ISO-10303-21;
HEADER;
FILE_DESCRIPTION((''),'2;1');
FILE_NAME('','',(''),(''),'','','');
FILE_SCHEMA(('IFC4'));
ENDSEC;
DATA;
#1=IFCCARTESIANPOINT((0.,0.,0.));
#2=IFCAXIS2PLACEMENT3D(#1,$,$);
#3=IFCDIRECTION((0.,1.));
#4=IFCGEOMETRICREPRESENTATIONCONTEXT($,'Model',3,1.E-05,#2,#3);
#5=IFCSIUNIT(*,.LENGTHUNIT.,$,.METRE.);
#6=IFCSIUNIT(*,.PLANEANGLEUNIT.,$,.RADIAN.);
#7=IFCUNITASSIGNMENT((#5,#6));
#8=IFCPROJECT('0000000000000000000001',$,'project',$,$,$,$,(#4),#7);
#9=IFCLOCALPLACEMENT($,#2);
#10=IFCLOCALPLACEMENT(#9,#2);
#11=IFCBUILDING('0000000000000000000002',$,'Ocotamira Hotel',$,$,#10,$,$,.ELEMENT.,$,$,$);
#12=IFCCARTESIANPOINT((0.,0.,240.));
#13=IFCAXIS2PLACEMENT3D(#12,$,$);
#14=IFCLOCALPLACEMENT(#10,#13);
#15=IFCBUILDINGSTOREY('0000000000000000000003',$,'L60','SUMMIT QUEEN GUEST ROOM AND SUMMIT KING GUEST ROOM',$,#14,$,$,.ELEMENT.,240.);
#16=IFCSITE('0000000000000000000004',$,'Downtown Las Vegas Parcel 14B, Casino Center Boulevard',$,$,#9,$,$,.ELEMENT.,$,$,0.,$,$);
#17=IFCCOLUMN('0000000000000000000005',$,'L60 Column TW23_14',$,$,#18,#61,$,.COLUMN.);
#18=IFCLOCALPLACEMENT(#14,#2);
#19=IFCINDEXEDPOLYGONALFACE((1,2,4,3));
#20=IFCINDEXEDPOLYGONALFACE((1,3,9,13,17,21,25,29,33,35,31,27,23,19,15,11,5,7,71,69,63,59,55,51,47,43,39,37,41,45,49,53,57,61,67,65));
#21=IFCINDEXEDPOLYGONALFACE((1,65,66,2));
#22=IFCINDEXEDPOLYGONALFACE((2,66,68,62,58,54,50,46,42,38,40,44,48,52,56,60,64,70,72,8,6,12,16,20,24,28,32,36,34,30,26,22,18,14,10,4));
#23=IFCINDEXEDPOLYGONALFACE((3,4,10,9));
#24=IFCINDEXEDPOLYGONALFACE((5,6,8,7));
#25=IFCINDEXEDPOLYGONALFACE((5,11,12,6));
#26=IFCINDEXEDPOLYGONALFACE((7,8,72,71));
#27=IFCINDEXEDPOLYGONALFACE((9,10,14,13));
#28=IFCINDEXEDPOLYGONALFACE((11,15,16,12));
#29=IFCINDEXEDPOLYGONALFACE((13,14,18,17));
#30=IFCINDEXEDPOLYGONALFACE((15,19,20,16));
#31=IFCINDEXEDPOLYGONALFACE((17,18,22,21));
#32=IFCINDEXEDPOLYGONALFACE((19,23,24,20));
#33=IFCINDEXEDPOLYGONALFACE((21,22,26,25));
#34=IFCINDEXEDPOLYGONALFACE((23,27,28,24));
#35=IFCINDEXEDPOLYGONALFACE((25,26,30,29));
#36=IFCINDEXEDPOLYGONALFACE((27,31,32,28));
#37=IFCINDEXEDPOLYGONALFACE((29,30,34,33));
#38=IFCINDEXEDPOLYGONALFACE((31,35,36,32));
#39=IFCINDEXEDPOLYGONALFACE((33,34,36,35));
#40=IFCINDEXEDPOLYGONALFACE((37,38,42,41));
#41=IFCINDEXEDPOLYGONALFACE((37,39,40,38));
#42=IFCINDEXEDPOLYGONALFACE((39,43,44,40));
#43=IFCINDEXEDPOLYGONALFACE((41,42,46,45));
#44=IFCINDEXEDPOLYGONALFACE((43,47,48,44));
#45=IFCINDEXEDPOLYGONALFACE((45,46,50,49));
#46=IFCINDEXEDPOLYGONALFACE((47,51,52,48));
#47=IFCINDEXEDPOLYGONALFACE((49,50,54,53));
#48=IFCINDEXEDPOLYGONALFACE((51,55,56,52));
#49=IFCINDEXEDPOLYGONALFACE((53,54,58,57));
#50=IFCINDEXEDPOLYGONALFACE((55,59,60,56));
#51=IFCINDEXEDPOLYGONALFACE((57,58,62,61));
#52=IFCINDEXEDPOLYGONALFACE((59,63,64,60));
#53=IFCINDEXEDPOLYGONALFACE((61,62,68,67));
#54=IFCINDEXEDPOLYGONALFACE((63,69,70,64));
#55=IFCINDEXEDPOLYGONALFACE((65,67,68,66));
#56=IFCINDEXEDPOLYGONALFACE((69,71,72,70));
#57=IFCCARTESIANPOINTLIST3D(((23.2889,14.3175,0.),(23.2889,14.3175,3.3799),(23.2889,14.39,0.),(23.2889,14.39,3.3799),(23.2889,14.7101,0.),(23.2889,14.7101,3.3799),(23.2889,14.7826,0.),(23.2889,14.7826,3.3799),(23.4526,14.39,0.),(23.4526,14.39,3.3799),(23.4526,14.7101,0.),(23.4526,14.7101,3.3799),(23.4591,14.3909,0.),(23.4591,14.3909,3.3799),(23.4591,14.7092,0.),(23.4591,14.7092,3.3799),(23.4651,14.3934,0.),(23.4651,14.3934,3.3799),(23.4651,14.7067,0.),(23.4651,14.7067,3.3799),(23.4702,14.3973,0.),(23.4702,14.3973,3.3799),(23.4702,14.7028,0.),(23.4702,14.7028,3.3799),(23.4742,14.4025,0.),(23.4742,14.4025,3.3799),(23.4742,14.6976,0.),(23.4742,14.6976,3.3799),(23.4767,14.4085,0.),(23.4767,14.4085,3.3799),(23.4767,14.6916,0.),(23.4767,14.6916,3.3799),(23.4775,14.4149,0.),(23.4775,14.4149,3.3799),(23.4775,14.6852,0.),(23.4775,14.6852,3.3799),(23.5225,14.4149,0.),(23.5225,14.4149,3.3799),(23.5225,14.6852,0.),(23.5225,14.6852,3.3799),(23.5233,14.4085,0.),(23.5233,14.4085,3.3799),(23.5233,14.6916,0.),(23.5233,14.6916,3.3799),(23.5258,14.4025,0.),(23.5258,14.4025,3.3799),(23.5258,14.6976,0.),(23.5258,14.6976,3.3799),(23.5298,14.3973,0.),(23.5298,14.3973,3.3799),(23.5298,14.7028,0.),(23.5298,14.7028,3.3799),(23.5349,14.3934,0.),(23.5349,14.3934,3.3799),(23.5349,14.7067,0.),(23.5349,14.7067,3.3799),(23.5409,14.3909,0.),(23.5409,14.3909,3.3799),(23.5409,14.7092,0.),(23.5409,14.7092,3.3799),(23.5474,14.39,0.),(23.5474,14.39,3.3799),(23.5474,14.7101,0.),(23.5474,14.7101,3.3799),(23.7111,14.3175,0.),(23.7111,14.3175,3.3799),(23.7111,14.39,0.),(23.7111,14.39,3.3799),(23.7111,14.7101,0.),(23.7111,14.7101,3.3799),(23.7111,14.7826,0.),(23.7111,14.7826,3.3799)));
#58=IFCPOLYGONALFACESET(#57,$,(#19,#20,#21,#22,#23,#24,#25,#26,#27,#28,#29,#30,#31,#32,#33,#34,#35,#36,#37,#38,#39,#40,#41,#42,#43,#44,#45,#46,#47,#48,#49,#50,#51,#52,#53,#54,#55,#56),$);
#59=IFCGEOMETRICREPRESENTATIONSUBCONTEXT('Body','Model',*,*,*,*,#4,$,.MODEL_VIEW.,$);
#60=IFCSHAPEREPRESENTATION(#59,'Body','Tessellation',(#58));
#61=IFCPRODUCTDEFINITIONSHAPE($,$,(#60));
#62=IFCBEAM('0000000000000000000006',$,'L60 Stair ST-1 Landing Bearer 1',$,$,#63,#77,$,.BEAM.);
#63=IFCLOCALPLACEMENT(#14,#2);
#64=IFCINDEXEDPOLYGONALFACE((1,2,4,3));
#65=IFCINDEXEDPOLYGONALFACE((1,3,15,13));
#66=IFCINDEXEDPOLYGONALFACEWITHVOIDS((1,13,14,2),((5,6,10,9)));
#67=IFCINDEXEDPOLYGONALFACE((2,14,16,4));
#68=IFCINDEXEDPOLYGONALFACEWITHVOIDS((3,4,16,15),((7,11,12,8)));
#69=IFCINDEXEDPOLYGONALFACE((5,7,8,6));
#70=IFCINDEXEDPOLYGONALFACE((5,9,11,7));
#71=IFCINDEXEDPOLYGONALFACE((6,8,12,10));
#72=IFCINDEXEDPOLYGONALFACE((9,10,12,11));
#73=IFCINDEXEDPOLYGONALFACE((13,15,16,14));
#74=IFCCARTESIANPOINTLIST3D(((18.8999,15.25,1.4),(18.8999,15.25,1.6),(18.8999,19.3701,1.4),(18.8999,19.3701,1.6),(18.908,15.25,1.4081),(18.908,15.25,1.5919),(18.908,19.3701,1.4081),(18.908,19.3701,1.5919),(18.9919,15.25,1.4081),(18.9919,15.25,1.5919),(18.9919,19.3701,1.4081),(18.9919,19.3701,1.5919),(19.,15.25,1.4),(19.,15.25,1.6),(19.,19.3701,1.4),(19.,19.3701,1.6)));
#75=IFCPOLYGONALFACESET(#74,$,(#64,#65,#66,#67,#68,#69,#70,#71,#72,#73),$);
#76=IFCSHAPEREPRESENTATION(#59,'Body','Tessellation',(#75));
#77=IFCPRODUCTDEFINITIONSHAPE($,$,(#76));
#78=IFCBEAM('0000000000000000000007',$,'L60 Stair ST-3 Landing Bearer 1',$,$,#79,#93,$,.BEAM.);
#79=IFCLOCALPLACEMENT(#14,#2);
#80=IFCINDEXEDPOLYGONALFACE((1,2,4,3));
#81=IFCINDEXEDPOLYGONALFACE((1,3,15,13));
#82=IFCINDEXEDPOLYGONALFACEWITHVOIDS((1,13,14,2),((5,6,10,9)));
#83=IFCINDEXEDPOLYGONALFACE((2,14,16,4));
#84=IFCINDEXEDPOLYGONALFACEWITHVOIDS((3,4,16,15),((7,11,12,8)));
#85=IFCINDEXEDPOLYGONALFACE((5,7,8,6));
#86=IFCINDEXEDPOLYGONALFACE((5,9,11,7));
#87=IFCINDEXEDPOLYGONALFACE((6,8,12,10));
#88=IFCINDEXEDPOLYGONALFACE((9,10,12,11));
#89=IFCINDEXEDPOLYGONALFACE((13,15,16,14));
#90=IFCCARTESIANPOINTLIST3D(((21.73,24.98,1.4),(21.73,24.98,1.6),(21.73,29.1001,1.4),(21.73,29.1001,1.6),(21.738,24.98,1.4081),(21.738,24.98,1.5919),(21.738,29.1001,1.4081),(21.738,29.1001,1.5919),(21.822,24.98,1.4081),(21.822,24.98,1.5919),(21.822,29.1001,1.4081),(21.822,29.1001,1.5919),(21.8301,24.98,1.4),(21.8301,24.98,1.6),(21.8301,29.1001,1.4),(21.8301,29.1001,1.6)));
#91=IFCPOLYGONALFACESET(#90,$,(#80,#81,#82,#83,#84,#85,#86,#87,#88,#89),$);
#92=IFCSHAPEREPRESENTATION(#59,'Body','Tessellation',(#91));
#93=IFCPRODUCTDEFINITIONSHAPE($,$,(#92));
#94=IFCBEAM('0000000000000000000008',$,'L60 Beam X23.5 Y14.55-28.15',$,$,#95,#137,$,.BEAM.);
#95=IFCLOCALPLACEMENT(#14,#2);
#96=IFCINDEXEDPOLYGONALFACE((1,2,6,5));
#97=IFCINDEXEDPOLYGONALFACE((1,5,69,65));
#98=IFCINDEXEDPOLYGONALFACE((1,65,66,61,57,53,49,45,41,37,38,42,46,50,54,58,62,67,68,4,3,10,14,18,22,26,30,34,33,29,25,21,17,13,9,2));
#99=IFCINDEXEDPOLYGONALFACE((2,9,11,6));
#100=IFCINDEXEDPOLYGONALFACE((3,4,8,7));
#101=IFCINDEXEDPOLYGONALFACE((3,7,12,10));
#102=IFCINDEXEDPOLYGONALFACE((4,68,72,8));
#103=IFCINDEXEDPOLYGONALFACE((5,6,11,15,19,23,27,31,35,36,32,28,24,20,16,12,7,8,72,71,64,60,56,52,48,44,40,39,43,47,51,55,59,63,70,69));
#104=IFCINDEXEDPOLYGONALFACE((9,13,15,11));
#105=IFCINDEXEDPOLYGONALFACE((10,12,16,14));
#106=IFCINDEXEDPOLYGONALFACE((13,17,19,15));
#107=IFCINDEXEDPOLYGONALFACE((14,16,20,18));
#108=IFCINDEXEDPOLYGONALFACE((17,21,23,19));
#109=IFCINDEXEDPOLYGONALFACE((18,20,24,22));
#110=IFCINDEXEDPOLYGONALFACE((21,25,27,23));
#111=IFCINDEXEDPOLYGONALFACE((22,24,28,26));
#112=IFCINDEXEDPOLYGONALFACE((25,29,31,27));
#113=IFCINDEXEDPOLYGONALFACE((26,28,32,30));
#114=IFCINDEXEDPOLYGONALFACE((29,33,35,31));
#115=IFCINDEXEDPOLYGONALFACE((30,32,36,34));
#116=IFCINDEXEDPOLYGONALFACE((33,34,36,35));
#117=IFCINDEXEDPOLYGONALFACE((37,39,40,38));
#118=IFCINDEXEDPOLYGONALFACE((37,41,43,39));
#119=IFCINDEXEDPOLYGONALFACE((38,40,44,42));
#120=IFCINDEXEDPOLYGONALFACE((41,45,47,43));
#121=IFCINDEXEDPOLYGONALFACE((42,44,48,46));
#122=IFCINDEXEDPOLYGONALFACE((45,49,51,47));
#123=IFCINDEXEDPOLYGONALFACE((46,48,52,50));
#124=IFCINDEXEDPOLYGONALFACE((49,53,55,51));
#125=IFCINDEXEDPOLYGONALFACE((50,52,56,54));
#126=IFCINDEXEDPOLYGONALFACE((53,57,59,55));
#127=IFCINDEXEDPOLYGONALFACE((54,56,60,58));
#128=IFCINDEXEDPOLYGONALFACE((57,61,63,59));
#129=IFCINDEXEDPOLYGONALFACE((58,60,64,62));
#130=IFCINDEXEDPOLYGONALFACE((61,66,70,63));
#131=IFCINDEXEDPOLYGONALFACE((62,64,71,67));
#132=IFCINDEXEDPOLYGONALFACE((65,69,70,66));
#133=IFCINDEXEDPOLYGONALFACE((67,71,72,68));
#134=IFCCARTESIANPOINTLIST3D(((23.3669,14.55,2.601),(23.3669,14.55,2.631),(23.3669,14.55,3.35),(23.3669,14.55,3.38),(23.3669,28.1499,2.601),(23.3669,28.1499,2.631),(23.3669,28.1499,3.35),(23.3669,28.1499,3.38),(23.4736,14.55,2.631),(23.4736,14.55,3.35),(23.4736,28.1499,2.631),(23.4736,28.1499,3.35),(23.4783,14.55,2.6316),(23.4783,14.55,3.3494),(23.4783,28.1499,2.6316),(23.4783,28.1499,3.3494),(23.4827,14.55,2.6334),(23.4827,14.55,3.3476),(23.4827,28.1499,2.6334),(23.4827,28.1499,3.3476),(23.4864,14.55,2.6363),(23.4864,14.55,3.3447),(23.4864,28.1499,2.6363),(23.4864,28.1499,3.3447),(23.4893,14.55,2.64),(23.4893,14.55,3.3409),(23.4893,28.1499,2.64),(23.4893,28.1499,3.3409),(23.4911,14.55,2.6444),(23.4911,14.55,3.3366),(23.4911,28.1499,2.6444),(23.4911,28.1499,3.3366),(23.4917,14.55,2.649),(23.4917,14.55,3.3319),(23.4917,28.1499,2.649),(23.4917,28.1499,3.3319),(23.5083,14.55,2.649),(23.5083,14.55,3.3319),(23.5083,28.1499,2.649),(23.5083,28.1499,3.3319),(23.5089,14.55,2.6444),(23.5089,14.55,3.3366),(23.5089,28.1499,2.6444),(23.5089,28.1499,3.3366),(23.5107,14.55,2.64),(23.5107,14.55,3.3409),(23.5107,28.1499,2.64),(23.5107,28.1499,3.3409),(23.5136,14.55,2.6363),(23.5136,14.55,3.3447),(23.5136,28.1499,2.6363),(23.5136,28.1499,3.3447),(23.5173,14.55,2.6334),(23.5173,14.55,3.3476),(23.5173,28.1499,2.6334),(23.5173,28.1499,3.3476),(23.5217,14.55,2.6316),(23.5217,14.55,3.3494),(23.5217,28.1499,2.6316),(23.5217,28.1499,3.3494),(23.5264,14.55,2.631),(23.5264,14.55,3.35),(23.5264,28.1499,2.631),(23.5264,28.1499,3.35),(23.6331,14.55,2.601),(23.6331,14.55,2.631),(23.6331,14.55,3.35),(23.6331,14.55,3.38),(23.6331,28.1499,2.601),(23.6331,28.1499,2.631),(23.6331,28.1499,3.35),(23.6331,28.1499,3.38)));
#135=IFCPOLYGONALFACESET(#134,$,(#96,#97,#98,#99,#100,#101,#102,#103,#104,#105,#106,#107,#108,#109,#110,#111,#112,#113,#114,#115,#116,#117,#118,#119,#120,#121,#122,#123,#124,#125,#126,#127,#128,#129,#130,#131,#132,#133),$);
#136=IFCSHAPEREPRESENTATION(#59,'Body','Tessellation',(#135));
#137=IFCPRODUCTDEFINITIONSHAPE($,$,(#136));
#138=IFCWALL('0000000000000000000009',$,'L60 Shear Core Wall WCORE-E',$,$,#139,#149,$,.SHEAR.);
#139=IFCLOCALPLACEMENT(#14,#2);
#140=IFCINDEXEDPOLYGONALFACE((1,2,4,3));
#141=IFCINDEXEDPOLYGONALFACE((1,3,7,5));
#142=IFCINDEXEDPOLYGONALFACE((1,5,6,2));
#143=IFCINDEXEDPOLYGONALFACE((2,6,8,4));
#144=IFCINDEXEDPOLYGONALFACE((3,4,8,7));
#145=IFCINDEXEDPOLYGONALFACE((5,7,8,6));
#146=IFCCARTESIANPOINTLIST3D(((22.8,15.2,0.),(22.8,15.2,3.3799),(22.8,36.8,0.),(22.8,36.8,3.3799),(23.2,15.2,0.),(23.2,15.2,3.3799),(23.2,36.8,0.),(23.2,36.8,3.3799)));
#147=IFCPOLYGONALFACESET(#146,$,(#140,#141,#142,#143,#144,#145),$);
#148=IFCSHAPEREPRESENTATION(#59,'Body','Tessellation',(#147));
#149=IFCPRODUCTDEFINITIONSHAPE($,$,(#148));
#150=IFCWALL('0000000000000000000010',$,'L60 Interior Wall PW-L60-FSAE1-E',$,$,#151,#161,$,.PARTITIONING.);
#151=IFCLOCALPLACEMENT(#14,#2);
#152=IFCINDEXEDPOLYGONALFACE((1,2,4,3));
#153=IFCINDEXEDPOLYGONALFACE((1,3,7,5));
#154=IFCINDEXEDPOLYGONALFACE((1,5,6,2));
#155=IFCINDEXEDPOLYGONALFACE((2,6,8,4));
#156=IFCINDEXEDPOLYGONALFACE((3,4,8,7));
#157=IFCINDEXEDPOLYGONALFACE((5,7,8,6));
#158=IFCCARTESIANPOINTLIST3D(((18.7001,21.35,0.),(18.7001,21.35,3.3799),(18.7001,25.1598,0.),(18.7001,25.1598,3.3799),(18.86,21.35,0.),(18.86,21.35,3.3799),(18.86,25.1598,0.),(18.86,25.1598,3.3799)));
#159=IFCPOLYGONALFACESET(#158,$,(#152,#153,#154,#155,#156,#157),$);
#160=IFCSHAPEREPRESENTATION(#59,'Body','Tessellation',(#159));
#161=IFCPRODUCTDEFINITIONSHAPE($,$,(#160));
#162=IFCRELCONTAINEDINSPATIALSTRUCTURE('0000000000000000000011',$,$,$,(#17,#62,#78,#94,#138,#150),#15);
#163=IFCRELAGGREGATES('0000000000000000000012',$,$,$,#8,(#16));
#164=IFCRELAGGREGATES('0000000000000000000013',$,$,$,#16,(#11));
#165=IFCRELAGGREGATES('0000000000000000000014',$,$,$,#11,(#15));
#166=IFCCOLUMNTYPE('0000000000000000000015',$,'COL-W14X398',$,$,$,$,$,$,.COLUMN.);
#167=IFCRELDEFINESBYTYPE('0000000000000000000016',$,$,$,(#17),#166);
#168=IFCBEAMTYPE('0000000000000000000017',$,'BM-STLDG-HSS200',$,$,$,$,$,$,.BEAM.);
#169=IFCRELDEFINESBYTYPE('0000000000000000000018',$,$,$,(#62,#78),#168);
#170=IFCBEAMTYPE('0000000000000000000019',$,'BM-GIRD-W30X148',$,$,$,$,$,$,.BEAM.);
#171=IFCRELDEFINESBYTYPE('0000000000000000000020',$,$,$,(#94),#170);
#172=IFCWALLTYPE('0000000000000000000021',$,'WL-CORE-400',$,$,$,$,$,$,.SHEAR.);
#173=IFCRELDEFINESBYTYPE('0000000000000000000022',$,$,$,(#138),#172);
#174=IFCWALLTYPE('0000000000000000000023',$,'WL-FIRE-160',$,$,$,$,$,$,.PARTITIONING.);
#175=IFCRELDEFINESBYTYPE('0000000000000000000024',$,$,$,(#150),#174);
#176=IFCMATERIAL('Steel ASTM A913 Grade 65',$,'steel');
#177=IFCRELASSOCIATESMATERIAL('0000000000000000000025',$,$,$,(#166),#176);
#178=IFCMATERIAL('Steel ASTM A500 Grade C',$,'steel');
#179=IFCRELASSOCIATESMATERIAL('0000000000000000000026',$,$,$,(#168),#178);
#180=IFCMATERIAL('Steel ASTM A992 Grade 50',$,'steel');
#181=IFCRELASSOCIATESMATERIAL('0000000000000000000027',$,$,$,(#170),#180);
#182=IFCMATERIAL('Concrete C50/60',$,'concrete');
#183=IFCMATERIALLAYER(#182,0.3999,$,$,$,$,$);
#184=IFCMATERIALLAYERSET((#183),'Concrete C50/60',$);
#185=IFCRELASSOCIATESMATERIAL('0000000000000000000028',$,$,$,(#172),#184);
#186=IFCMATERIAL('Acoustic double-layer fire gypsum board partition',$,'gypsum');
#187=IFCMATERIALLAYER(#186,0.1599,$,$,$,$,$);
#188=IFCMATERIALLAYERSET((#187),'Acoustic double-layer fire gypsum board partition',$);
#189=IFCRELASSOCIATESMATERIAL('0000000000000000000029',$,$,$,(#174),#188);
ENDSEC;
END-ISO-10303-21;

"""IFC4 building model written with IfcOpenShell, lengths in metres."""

from ifc_helpers import new_model, si_unit, direction, frame, frame_2d, origin, origin_2d, place, context, subcontext, project, spatial, rectangle, hollow_rectangle, i_section, extrude, source, transform, mapped, material, layer, layer_set, material_profile, profile_set, type_object, element, save


model = new_model("IFC4")

# Units and contexts
model_context = context("Model", 3, precision=1e-05, world=origin(), true_north=direction((0.0, 1.0)))
body_context = subcontext(model_context, "Body", "Model", "MODEL_VIEW")
ifc_project = project(units=[si_unit("LENGTHUNIT", "METRE"), si_unit("PLANEANGLEUNIT", "RADIAN")], contexts=[model_context])

# Site, building, storey
site_placement = place(None, origin())
site = spatial("IfcSite", under=ifc_project, at=site_placement, Name="Downtown Las Vegas Parcel 14B, Casino Center Boulevard", CompositionType="ELEMENT", RefElevation=0.0)
building_placement = place(site_placement, origin())
building = spatial("IfcBuilding", under=site, at=building_placement, Name="Ocotamira Hotel", CompositionType="ELEMENT")
storey_placement = place(building_placement, frame((0.0, 0.0, 240.0)))
storey = spatial("IfcBuildingStorey", under=building, at=storey_placement, Name="L60", Description="SUMMIT QUEEN GUEST ROOM AND SUMMIT KING GUEST ROOM", CompositionType="ELEMENT", Elevation=240.0)

# Column
ifc_material_1 = material(Name="Steel ASTM A913 Grade 65", Category="steel")
ifc_material_profile_1 = material_profile(ifc_material_1, i_section(OverallWidth=0.4221, OverallDepth=0.4651, WebThickness=0.0449, FlangeThickness=0.0725, FilletRadius=0.0249, at=origin_2d()), Name="W14X398")
ifc_profile_set_1 = profile_set([ifc_material_profile_1], Name="Steel ASTM A913 Grade 65")
column_type = type_object("IfcColumnType", Name="COL-W14X398", PredefinedType="COLUMN", material=ifc_profile_set_1)
shared_shape_1 = source(origin(), body_context, "Body", "SweptSolid", [
    extrude(i_section(OverallWidth=0.4221, OverallDepth=0.4651, WebThickness=0.0449, FlangeThickness=0.0725, FilletRadius=0.0249, at=origin_2d()), origin(), (0.0, 0.0, 1.0), 3.3799),
])
column_placement = place(storey_placement, frame((23.5, 14.55, 0.0), z_axis=(0.0, 0.0, 1.0), x_axis=(1.0, 0.0, 0.0)))
element("IfcColumn", 1, at=column_placement, inside=storey, type_object=column_type, Name="L60 Column TW23_14", PredefinedType="COLUMN", context=body_context, shape_type="MappedRepresentation", body=[
    mapped(shared_shape_1, transform((0.0, 0.0, 0.0), scale=1.0)),
])

# Beams
ifc_material_2 = material(Name="Steel ASTM A500 Grade C", Category="steel")
ifc_material_profile_2 = material_profile(ifc_material_2, hollow_rectangle(XDim=0.1001, YDim=0.2, WallThickness=0.0081, at=origin_2d()), Name="HSS200X100X8")
ifc_profile_set_2 = profile_set([ifc_material_profile_2], Name="Steel ASTM A500 Grade C")
beam_type_1 = type_object("IfcBeamType", Name="BM-STLDG-HSS200", PredefinedType="BEAM", material=ifc_profile_set_2)
shared_shape_2 = source(origin(), body_context, "Body", "SweptSolid", [
    extrude(hollow_rectangle(XDim=0.1001, YDim=0.2, WallThickness=0.0081, at=origin_2d()), origin(), (0.0, 0.0, 1.0), 4.1201),
])
for number, where, z_axis, x_axis, name in (
    (2, (18.95, 15.25, 1.5), (0.0, 1.0, 0.0), (-1.0, 0.0, 0.0), "L60 Stair ST-1 Landing Bearer 1"),
    (3, (21.78, 24.98, 1.5), (0.0, 1.0, 0.0), (-1.0, 0.0, 0.0), "L60 Stair ST-3 Landing Bearer 1"),
):
    element("IfcBeam", number, at=place(storey_placement, frame(where, z_axis=z_axis, x_axis=x_axis)), inside=storey, type_object=beam_type_1, Name=name, PredefinedType="BEAM", context=body_context, shape_type="MappedRepresentation", body=[
        mapped(shared_shape_2, transform((0.0, 0.0, 0.0), scale=1.0)),
    ])
ifc_material_3 = material(Name="Steel ASTM A992 Grade 50", Category="steel")
ifc_material_profile_3 = material_profile(ifc_material_3, i_section(OverallWidth=0.2661, OverallDepth=0.7791, WebThickness=0.0166, FlangeThickness=0.03, FilletRadius=0.0181, at=origin_2d()), Name="W30X148")
ifc_profile_set_3 = profile_set([ifc_material_profile_3], Name="Steel ASTM A992 Grade 50")
beam_type_2 = type_object("IfcBeamType", Name="BM-GIRD-W30X148", PredefinedType="BEAM", material=ifc_profile_set_3)
shared_shape_3 = source(origin(), body_context, "Body", "SweptSolid", [
    extrude(i_section(OverallWidth=0.2661, OverallDepth=0.7791, WebThickness=0.0166, FlangeThickness=0.03, FilletRadius=0.0181, at=origin_2d()), origin(), (0.0, 0.0, 1.0), 13.5999),
])
beam_placement = place(storey_placement, frame((23.5, 14.55, 2.9905), z_axis=(0.0, 1.0, 0.0), x_axis=(-1.0, 0.0, 0.0)))
element("IfcBeam", 4, at=beam_placement, inside=storey, type_object=beam_type_2, Name="L60 Beam X23.5 Y14.55-28.15", PredefinedType="BEAM", context=body_context, shape_type="MappedRepresentation", body=[
    mapped(shared_shape_3, transform((0.0, 0.0, 0.0), scale=1.0)),
])

# Walls
ifc_material_4 = material(Name="Concrete C50/60", Category="concrete")
ifc_layer_1 = layer(ifc_material_4, 0.3999)
ifc_layer_set_1 = layer_set([ifc_layer_1], Name="Concrete C50/60")
wall_type_1 = type_object("IfcWallType", Name="WL-CORE-400", PredefinedType="SHEAR", material=ifc_layer_set_1)
wall_1_placement = place(storey_placement, frame((23.0, 15.2, 0.0), z_axis=(0.0, 0.0, 1.0), x_axis=(0.0, 1.0, 0.0)))
element("IfcWall", 5, at=wall_1_placement, inside=storey, type_object=wall_type_1, Name="L60 Shear Core Wall WCORE-E", PredefinedType="SHEAR", context=body_context, shape_type="SweptSolid", body=[
    extrude(rectangle(XDim=21.6001, YDim=0.3999, at=frame_2d((10.8, 0.0))), origin(), (0.0, 0.0, 1.0), 3.3799),
])
ifc_material_5 = material(Name="Acoustic double-layer fire gypsum board partition", Category="gypsum")
ifc_layer_2 = layer(ifc_material_5, 0.1599)
ifc_layer_set_2 = layer_set([ifc_layer_2], Name="Acoustic double-layer fire gypsum board partition")
wall_type_2 = type_object("IfcWallType", Name="WL-FIRE-160", PredefinedType="PARTITIONING", material=ifc_layer_set_2)
wall_2_placement = place(storey_placement, frame((18.78, 21.3501, 0.0), z_axis=(0.0, 0.0, 1.0), x_axis=(0.0, 1.0, 0.0)))
element("IfcWall", 6, at=wall_2_placement, inside=storey, type_object=wall_type_2, Name="L60 Interior Wall PW-L60-FSAE1-E", PredefinedType="PARTITIONING", context=body_context, shape_type="SweptSolid", body=[
    extrude(rectangle(XDim=3.8098, YDim=0.1599, at=frame_2d((1.9048, 0.0))), origin(), (0.0, 0.0, 1.0), 3.3799),
])

save(model, "model.ifc")
